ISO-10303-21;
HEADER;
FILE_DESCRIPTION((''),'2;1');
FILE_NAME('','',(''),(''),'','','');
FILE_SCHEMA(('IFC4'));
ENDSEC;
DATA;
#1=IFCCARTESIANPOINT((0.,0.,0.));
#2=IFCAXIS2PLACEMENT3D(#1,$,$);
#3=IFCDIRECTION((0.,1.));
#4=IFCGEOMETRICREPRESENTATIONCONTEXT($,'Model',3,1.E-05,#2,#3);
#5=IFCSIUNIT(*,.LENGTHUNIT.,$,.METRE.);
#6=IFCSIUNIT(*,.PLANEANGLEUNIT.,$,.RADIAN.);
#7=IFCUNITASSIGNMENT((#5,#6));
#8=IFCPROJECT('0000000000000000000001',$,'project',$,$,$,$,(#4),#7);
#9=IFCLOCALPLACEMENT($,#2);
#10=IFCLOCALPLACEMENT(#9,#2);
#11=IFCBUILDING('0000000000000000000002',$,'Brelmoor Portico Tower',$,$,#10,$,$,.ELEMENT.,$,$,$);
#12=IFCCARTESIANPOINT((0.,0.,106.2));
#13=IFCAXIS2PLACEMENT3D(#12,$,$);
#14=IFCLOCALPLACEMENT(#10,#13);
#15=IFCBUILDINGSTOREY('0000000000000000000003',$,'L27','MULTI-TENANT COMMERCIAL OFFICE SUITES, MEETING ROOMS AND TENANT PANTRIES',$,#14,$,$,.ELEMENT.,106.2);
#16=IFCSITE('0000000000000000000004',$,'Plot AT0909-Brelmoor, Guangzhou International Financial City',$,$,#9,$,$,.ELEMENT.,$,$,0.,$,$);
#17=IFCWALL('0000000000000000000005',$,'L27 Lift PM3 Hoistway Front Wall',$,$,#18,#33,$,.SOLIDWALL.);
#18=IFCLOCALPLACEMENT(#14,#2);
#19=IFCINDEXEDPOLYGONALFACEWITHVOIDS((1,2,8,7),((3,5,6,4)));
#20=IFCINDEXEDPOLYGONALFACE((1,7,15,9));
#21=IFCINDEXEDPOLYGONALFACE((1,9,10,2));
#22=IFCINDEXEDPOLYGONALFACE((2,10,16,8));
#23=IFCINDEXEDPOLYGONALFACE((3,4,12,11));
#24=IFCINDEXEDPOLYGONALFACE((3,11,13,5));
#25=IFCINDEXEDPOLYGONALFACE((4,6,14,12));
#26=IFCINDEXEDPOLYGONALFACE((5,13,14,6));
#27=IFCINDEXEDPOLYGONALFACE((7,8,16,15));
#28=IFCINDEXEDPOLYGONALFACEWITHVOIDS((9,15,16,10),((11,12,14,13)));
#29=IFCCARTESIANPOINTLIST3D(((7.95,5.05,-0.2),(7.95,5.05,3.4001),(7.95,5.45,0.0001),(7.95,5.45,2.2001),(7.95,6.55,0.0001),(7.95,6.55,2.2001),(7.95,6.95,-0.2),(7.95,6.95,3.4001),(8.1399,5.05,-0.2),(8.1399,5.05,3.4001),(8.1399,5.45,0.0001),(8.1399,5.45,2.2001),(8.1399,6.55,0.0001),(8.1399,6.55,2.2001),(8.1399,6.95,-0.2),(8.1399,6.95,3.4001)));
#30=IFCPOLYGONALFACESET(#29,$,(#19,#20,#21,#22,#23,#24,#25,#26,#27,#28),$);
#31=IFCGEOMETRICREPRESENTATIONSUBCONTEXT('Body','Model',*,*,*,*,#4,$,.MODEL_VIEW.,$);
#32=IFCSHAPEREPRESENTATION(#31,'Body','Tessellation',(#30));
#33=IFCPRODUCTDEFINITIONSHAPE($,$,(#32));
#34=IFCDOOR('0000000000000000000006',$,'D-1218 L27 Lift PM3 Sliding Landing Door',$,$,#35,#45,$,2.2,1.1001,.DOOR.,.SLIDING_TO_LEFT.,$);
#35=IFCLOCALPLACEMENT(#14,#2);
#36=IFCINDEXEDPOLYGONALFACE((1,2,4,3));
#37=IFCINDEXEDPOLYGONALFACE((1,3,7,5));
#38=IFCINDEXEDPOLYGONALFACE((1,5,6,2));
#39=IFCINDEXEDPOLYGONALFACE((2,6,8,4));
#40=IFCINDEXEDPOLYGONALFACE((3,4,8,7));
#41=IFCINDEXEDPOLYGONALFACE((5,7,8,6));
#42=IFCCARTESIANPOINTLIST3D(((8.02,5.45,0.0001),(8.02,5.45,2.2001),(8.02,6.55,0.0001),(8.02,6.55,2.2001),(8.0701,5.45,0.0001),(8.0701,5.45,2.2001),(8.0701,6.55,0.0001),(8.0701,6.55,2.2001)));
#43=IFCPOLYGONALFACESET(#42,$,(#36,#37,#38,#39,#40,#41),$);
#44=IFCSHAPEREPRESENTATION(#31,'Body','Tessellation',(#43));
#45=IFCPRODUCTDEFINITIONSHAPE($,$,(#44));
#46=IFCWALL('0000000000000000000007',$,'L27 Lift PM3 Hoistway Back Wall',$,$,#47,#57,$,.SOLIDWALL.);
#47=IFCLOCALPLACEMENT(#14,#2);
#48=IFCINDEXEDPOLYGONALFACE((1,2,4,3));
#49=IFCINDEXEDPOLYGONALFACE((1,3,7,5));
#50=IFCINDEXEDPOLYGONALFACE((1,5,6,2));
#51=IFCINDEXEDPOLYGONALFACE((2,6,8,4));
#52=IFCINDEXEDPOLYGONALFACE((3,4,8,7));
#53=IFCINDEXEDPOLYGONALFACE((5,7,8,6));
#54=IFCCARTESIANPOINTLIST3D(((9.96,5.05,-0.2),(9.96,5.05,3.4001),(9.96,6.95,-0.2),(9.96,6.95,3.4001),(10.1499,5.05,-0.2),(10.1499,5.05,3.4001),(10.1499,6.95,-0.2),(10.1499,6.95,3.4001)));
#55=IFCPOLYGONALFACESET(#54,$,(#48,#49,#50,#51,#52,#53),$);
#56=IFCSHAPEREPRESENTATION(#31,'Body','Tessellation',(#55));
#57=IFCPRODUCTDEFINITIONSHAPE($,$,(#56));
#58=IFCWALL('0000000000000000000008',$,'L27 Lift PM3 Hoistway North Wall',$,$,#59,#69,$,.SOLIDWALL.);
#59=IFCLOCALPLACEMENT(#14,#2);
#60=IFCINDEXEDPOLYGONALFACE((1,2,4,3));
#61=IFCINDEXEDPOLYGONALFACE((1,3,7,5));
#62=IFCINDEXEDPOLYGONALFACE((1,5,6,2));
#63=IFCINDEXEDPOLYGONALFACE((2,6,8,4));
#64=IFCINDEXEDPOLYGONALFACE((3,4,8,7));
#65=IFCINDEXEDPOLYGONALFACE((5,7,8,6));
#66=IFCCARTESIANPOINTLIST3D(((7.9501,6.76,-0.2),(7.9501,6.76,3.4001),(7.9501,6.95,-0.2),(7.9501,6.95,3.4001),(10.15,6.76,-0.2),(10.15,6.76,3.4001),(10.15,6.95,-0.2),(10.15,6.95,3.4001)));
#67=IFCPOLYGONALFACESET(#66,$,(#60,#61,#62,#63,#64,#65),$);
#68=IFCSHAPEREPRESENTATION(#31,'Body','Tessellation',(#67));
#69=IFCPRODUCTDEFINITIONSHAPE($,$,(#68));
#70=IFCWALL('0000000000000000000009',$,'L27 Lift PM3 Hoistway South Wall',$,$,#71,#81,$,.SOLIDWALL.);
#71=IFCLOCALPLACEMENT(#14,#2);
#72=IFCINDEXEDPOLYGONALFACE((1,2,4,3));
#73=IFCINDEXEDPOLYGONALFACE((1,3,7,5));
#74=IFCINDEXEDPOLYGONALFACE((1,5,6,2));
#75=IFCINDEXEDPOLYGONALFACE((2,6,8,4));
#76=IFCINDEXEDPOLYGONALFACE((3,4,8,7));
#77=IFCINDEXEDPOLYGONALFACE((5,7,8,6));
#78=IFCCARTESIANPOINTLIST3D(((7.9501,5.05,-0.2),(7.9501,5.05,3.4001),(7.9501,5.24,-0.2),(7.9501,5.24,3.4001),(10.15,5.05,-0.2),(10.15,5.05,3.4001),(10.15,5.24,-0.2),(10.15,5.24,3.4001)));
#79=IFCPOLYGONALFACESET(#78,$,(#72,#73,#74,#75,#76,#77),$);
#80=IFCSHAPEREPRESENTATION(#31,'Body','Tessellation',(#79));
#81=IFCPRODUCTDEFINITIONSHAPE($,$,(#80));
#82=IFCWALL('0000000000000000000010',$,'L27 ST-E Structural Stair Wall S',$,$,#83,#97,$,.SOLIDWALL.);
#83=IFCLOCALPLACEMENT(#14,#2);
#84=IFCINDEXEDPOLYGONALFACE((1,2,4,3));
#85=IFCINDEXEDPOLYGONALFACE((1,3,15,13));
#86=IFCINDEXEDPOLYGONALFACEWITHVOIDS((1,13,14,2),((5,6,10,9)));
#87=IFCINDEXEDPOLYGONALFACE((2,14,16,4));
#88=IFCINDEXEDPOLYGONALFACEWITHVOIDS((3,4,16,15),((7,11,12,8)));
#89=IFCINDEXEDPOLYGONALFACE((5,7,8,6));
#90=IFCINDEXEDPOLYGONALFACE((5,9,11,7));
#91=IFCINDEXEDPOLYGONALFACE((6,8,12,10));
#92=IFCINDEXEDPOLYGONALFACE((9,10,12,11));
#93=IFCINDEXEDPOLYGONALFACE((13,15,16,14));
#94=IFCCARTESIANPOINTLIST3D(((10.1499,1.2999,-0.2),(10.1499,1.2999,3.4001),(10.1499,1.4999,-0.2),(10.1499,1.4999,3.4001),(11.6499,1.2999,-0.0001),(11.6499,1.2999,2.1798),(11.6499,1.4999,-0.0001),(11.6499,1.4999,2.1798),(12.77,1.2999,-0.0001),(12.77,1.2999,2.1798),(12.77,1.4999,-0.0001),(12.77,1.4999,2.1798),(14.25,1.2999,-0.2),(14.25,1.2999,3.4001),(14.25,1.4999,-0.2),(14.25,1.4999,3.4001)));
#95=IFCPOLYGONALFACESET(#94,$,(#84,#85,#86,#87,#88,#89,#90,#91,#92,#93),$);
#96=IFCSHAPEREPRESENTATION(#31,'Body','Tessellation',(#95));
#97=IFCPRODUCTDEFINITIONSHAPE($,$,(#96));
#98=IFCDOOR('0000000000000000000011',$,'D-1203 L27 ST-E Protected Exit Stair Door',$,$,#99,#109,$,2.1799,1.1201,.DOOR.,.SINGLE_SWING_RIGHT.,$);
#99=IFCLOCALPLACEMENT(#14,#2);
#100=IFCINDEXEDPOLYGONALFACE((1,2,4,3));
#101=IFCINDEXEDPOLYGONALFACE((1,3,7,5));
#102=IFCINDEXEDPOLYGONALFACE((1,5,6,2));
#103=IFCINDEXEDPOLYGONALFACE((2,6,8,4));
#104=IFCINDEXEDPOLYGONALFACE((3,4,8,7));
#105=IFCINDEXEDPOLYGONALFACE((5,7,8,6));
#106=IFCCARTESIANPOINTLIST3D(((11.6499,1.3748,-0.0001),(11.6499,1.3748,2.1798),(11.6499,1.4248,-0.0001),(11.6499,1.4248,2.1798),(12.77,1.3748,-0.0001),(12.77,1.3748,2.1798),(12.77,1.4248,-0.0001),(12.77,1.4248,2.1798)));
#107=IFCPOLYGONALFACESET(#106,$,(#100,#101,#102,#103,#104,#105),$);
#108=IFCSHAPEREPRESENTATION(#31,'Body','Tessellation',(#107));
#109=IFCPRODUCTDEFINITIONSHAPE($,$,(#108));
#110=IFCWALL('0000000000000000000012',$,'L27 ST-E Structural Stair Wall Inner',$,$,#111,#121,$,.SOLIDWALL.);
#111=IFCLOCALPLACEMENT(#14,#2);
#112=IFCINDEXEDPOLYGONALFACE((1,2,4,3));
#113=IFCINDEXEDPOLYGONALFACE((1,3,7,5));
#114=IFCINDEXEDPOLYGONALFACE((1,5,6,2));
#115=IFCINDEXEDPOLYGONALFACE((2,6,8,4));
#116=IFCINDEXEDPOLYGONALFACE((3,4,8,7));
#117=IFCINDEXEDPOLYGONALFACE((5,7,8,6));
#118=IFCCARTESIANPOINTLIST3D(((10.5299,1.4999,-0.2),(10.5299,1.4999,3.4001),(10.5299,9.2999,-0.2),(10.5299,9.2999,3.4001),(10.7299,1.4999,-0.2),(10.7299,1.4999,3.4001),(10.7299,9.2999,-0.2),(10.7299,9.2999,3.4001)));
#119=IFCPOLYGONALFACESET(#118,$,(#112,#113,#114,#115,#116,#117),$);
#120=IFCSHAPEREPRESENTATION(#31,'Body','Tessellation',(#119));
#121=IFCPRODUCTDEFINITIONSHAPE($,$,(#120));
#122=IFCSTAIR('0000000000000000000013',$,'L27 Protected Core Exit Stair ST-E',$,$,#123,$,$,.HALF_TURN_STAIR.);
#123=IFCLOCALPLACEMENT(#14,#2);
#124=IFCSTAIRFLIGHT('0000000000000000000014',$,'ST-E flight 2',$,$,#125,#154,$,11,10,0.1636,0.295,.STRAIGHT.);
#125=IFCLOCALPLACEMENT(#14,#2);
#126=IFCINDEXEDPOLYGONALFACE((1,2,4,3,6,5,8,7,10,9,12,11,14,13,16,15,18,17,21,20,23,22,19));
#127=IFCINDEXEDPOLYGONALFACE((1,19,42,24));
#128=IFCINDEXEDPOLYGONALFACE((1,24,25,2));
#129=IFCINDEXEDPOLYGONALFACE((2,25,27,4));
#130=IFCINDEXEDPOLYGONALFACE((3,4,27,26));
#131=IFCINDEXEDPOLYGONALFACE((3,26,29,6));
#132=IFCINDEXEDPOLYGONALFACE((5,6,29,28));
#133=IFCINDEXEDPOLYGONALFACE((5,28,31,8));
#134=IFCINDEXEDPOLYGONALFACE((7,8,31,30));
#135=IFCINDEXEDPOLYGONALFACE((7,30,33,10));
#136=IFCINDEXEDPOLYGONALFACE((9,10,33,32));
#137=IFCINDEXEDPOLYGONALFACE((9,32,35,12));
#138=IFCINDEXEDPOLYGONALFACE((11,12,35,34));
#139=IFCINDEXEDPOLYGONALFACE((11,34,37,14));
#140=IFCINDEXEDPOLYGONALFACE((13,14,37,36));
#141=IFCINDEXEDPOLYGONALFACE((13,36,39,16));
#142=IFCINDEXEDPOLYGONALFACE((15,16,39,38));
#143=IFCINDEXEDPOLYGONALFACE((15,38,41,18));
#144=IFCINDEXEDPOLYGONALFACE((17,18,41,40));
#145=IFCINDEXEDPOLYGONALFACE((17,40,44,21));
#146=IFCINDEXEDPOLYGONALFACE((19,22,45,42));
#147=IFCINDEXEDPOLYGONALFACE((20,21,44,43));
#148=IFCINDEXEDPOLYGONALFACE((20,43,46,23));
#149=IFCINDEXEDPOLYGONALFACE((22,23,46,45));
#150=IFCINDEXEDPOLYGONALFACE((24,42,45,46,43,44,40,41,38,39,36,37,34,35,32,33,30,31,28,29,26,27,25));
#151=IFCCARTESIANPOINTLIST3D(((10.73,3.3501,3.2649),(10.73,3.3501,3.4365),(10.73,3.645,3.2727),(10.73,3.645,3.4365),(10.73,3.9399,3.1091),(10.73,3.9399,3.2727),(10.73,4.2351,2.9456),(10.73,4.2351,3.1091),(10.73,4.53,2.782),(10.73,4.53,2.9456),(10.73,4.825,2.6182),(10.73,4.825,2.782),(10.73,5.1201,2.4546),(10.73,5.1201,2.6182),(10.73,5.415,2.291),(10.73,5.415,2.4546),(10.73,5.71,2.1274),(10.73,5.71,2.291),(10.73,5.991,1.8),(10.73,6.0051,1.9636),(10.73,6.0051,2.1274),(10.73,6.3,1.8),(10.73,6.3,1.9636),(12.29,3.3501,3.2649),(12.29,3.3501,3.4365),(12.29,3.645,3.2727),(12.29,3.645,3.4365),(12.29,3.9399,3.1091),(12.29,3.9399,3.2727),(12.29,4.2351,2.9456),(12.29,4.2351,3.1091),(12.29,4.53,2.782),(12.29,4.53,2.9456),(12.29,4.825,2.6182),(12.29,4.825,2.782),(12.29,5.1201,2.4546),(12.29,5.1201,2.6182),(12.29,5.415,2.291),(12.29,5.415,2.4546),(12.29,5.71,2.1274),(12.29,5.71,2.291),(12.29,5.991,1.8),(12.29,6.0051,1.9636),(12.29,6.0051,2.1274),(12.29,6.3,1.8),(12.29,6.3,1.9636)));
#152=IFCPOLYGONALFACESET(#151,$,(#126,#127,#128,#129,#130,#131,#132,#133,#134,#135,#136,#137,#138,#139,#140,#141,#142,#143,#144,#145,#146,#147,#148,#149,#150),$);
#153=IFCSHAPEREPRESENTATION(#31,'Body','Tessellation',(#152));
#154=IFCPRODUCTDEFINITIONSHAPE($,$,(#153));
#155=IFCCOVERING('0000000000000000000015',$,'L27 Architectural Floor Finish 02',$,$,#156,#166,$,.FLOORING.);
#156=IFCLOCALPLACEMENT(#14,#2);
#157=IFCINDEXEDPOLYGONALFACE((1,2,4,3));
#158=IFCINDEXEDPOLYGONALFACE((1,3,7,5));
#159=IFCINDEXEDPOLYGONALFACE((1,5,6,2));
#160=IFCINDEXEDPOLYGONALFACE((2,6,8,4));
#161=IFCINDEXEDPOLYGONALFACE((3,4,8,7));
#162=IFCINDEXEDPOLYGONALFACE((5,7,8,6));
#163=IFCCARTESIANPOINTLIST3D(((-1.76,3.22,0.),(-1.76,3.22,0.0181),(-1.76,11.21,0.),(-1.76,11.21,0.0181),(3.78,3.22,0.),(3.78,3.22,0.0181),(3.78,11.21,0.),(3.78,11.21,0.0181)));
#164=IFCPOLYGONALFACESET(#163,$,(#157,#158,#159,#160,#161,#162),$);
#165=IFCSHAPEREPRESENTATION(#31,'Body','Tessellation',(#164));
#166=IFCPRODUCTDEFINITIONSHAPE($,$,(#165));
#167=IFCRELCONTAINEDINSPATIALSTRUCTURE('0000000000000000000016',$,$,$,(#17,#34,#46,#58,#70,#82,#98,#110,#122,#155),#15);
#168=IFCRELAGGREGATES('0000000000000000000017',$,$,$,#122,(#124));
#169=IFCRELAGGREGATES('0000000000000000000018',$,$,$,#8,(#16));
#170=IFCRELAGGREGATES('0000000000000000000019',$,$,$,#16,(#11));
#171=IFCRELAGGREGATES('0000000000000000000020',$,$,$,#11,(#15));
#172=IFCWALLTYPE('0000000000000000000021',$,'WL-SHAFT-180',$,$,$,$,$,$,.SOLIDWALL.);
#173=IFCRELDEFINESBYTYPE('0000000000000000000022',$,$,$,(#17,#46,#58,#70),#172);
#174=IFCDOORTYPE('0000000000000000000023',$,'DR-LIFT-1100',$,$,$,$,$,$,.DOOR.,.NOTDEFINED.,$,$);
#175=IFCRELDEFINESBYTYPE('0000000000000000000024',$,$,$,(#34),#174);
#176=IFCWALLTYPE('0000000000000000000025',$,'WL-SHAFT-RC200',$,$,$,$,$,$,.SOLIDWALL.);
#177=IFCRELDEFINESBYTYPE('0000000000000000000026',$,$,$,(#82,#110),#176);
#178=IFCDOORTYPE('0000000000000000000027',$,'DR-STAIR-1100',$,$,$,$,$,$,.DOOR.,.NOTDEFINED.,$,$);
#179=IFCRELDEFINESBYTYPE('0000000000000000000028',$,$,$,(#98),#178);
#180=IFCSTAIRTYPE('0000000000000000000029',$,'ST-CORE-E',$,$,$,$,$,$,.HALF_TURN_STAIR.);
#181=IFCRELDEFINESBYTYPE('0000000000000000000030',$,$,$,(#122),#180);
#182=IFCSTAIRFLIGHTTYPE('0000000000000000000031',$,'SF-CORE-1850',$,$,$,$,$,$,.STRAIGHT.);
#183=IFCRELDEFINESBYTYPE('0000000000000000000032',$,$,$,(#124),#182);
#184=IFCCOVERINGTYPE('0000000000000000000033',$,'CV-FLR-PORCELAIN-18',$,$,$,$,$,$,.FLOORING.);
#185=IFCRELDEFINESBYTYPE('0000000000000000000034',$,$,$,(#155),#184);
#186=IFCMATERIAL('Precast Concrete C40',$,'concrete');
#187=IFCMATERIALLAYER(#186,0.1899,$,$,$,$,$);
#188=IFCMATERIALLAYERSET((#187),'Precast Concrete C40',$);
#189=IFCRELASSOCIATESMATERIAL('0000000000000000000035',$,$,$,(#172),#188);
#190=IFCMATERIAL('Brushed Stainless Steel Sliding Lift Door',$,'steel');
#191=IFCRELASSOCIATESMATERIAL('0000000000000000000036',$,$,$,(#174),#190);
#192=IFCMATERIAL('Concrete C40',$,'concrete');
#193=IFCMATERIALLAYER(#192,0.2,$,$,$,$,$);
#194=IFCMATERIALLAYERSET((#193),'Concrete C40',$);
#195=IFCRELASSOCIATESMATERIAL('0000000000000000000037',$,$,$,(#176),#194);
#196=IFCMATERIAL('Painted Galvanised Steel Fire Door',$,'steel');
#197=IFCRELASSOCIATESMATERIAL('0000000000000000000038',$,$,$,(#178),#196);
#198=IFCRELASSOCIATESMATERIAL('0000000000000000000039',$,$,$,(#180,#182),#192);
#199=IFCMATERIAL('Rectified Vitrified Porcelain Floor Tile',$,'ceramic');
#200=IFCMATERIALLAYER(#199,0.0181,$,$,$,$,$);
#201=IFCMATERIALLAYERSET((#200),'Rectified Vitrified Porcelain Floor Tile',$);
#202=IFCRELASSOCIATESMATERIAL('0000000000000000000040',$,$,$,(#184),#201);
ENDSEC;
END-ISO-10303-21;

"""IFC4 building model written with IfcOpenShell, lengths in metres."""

from ifc_helpers import new_model, si_unit, direction, frame, frame_2d, origin, place, context, subcontext, project, spatial, polyline, rectangle, outline, extrude, material, layer, layer_set, type_object, element, fill, aggregate, save


model = new_model("IFC4")

# Units and contexts
model_context = context("Model", 3, precision=1e-05, world=origin(), true_north=direction((0.0, 1.0)))
body_context = subcontext(model_context, "Body", "Model", "MODEL_VIEW")
ifc_project = project(units=[si_unit("LENGTHUNIT", "METRE"), si_unit("PLANEANGLEUNIT", "RADIAN")], contexts=[model_context])

# Site, building, storey
site_placement = place(None, origin())
site = spatial("IfcSite", under=ifc_project, at=site_placement, Name="Plot AT0909-Brelmoor, Guangzhou International Financial City", CompositionType="ELEMENT", RefElevation=0.0)
building_placement = place(site_placement, origin())
building = spatial("IfcBuilding", under=site, at=building_placement, Name="Brelmoor Portico Tower", CompositionType="ELEMENT")
storey_placement = place(building_placement, frame((0.0, 0.0, 106.2)))
storey = spatial("IfcBuildingStorey", under=building, at=storey_placement, Name="L27", Description="MULTI-TENANT COMMERCIAL OFFICE SUITES, MEETING ROOMS AND TENANT PANTRIES", CompositionType="ELEMENT", Elevation=106.2)

# Shared definitions
ifc_material_1 = material(Name="Precast Concrete C40", Category="concrete")
ifc_layer_1 = layer(ifc_material_1, 0.1899)
ifc_layer_set_1 = layer_set([ifc_layer_1], Name="Precast Concrete C40")
wall_type_1 = type_object("IfcWallType", Name="WL-SHAFT-180", PredefinedType="SOLIDWALL", material=ifc_layer_set_1)
ifc_material_2 = material(Name="Brushed Stainless Steel Sliding Lift Door", Category="steel")
door_type_1 = type_object("IfcDoorType", Name="DR-LIFT-1100", OperationType="NOTDEFINED", PredefinedType="DOOR", material=ifc_material_2)

# Wall, opening, door
wall_1_placement = place(storey_placement, frame((8.0449, 5.05, -0.2), z_axis=(0.0, 0.0, 1.0), x_axis=(0.0, 1.0, 0.0)))
wall_1 = element("IfcWall", 1, at=wall_1_placement, inside=storey, type_object=wall_type_1, Name="L27 Lift PM3 Hoistway Front Wall", PredefinedType="SOLIDWALL", context=body_context, shape_type="SweptSolid", body=[
    extrude(rectangle(XDim=1.8999, YDim=0.1899, at=frame_2d((0.95, 0.0))), origin(), (0.0, 0.0, 1.0), 3.6001),
])
opening_1_placement = place(wall_1_placement, frame((0.3999, 0.0, 0.2)))
opening_1 = element("IfcOpeningElement", 2, at=opening_1_placement, cuts=wall_1, PredefinedType="OPENING", context=body_context, shape_type="SweptSolid", body=[
    extrude(rectangle(XDim=1.1001, YDim=2.2, at=frame_2d((0.55, 1.1001))), frame((0.0, 0.105, 0.0), z_axis=(0.0, -1.0, 0.0), x_axis=(1.0, 0.0, 0.0)), (0.0, 0.0, 1.0), 0.21),
])
door_1_placement = place(opening_1_placement, origin())
door_1 = element("IfcDoor", 3, at=door_1_placement, inside=storey, type_object=door_type_1, Name="D-1218 L27 Lift PM3 Sliding Landing Door", OperationType="SLIDING_TO_LEFT", OverallHeight=2.2, OverallWidth=1.1001, PredefinedType="DOOR", context=body_context, shape_type="SweptSolid", body=[
    extrude(rectangle(XDim=1.1001, YDim=2.2, at=frame_2d((0.55, 1.1001))), frame((0.0, 0.0249, 0.0), z_axis=(0.0, -1.0, 0.0), x_axis=(1.0, 0.0, 0.0)), (0.0, 0.0, 1.0), 0.05),
])
fill(opening_1, door_1)

# Walls
wall_2_placement = place(storey_placement, frame((10.0549, 5.05, -0.2), z_axis=(0.0, 0.0, 1.0), x_axis=(0.0, 1.0, 0.0)))
element("IfcWall", 4, at=wall_2_placement, inside=storey, type_object=wall_type_1, Name="L27 Lift PM3 Hoistway Back Wall", PredefinedType="SOLIDWALL", context=body_context, shape_type="SweptSolid", body=[
    extrude(rectangle(XDim=1.8999, YDim=0.1899, at=frame_2d((0.95, 0.0))), origin(), (0.0, 0.0, 1.0), 3.6001),
])
for number, where, z_axis, x_axis, name in (
    (5, (7.95, 6.855, -0.2), (0.0, 0.0, 1.0), (1.0, 0.0, 0.0), "L27 Lift PM3 Hoistway North Wall"),
    (6, (7.95, 5.145, -0.2), (0.0, 0.0, 1.0), (1.0, 0.0, 0.0), "L27 Lift PM3 Hoistway South Wall"),
):
    element("IfcWall", number, at=place(storey_placement, frame(where, z_axis=z_axis, x_axis=x_axis)), inside=storey, type_object=wall_type_1, Name=name, PredefinedType="SOLIDWALL", context=body_context, shape_type="SweptSolid", body=[
        extrude(rectangle(XDim=2.2, YDim=0.1899, at=frame_2d((1.1001, 0.0))), origin(), (0.0, 0.0, 1.0), 3.6001),
    ])

# Wall, opening, door
ifc_material_3 = material(Name="Concrete C40", Category="concrete")
ifc_layer_2 = layer(ifc_material_3, 0.2)
ifc_layer_set_2 = layer_set([ifc_layer_2], Name="Concrete C40")
wall_type_2 = type_object("IfcWallType", Name="WL-SHAFT-RC200", PredefinedType="SOLIDWALL", material=ifc_layer_set_2)
wall_3_placement = place(storey_placement, frame((10.1499, 1.3999, -0.2), z_axis=(0.0, 0.0, 1.0), x_axis=(1.0, 0.0, 0.0)))
wall_3 = element("IfcWall", 7, at=wall_3_placement, inside=storey, type_object=wall_type_2, Name="L27 ST-E Structural Stair Wall S", PredefinedType="SOLIDWALL", context=body_context, shape_type="SweptSolid", body=[
    extrude(rectangle(XDim=4.1001, YDim=0.2, at=frame_2d((2.05, 0.0))), origin(), (0.0, 0.0, 1.0), 3.6001),
])
opening_2_placement = place(wall_3_placement, frame((1.5, 0.0, 0.2)))
opening_2 = element("IfcOpeningElement", 8, at=opening_2_placement, cuts=wall_3, PredefinedType="OPENING", context=body_context, shape_type="SweptSolid", body=[
    extrude(rectangle(XDim=1.1201, YDim=2.1799, at=frame_2d((0.5601, 1.0898))), frame((0.0, 0.1099, 0.0), z_axis=(0.0, -1.0, 0.0), x_axis=(1.0, 0.0, 0.0)), (0.0, 0.0, 1.0), 0.22),
])
ifc_material_4 = material(Name="Painted Galvanised Steel Fire Door", Category="steel")
door_type_2 = type_object("IfcDoorType", Name="DR-STAIR-1100", OperationType="NOTDEFINED", PredefinedType="DOOR", material=ifc_material_4)
door_2_placement = place(opening_2_placement, origin())
door_2 = element("IfcDoor", 9, at=door_2_placement, inside=storey, type_object=door_type_2, Name="D-1203 L27 ST-E Protected Exit Stair Door", OperationType="SINGLE_SWING_RIGHT", OverallHeight=2.1799, OverallWidth=1.1201, PredefinedType="DOOR", context=body_context, shape_type="SweptSolid", body=[
    extrude(rectangle(XDim=1.1201, YDim=2.1799, at=frame_2d((0.5601, 1.0898))), frame((0.0, 0.0249, 0.0), z_axis=(0.0, -1.0, 0.0), x_axis=(1.0, 0.0, 0.0)), (0.0, 0.0, 1.0), 0.05),
])
fill(opening_2, door_2)

# Wall
wall_4_placement = place(storey_placement, frame((10.6299, 1.5, -0.2), z_axis=(0.0, 0.0, 1.0), x_axis=(0.0, 1.0, 0.0)))
element("IfcWall", 10, at=wall_4_placement, inside=storey, type_object=wall_type_2, Name="L27 ST-E Structural Stair Wall Inner", PredefinedType="SOLIDWALL", context=body_context, shape_type="SweptSolid", body=[
    extrude(rectangle(XDim=7.8, YDim=0.2, at=frame_2d((3.8999, 0.0))), origin(), (0.0, 0.0, 1.0), 3.6001),
])

# Stair, stair flight
stair_type = type_object("IfcStairType", Name="ST-CORE-E", PredefinedType="HALF_TURN_STAIR", material=ifc_material_3)
stair_placement = place(storey_placement, origin())
stair = element("IfcStair", 11, at=stair_placement, inside=storey, type_object=stair_type, Name="L27 Protected Core Exit Stair ST-E", PredefinedType="HALF_TURN_STAIR")
stair_flight_type = type_object("IfcStairFlightType", Name="SF-CORE-1850", PredefinedType="STRAIGHT", material=ifc_material_3)
stair_flight_placement = place(storey_placement, frame((11.51, 6.3, 1.8), z_axis=(0.0, 0.0, 1.0), x_axis=(0.0, -1.0, 0.0)))
stair_flight = element("IfcStairFlight", 12, at=stair_flight_placement, type_object=stair_flight_type, Name="ST-E flight 2", NumberOfRisers=11, NumberOfTreads=10, PredefinedType="STRAIGHT", RiserHeight=0.1636, TreadLength=0.295, context=body_context, shape_type="SweptSolid", body=[
    extrude(outline(polyline([(0.0, 0.0), (0.0, 0.1636), (0.2949, 0.1636), (0.2949, 0.3274), (0.5901, 0.3274), (0.5901, 0.491), (0.885, 0.491), (0.885, 0.6545), (1.1799, 0.6545), (1.1799, 0.8181), (1.4751, 0.8181), (1.4751, 0.9819), (1.77, 0.9819), (1.77, 1.1455), (2.0649, 1.1455), (2.0649, 1.3091), (2.3601, 1.3091), (2.3601, 1.4727), (2.655, 1.4727), (2.655, 1.6365), (2.95, 1.6365), (2.95, 1.8), (2.95, 1.4648), (0.3091, 0.0), (0.0, 0.0)])), frame((0.0, 0.78, 0.0), z_axis=(0.0, -1.0, 0.0), x_axis=(1.0, 0.0, 0.0)), (0.0, 0.0, 1.0), 1.5601),
])
aggregate(stair, [stair_flight])

# Covering
ifc_material_5 = material(Name="Rectified Vitrified Porcelain Floor Tile", Category="ceramic")
ifc_layer_3 = layer(ifc_material_5, 0.0181)
ifc_layer_set_3 = layer_set([ifc_layer_3], Name="Rectified Vitrified Porcelain Floor Tile")
covering_type = type_object("IfcCoveringType", Name="CV-FLR-PORCELAIN-18", PredefinedType="FLOORING", material=ifc_layer_set_3)
covering_placement = place(storey_placement, origin())
element("IfcCovering", 13, at=covering_placement, inside=storey, type_object=covering_type, Name="L27 Architectural Floor Finish 02", PredefinedType="FLOORING", context=body_context, shape_type="SweptSolid", body=[
    extrude(outline(polyline([(-1.76, 3.22), (-1.76, 11.21), (3.78, 11.21), (3.78, 3.22), (-1.76, 3.22)])), origin(), (0.0, 0.0, 1.0), 0.0181),
])

save(model, "model.ifc")
